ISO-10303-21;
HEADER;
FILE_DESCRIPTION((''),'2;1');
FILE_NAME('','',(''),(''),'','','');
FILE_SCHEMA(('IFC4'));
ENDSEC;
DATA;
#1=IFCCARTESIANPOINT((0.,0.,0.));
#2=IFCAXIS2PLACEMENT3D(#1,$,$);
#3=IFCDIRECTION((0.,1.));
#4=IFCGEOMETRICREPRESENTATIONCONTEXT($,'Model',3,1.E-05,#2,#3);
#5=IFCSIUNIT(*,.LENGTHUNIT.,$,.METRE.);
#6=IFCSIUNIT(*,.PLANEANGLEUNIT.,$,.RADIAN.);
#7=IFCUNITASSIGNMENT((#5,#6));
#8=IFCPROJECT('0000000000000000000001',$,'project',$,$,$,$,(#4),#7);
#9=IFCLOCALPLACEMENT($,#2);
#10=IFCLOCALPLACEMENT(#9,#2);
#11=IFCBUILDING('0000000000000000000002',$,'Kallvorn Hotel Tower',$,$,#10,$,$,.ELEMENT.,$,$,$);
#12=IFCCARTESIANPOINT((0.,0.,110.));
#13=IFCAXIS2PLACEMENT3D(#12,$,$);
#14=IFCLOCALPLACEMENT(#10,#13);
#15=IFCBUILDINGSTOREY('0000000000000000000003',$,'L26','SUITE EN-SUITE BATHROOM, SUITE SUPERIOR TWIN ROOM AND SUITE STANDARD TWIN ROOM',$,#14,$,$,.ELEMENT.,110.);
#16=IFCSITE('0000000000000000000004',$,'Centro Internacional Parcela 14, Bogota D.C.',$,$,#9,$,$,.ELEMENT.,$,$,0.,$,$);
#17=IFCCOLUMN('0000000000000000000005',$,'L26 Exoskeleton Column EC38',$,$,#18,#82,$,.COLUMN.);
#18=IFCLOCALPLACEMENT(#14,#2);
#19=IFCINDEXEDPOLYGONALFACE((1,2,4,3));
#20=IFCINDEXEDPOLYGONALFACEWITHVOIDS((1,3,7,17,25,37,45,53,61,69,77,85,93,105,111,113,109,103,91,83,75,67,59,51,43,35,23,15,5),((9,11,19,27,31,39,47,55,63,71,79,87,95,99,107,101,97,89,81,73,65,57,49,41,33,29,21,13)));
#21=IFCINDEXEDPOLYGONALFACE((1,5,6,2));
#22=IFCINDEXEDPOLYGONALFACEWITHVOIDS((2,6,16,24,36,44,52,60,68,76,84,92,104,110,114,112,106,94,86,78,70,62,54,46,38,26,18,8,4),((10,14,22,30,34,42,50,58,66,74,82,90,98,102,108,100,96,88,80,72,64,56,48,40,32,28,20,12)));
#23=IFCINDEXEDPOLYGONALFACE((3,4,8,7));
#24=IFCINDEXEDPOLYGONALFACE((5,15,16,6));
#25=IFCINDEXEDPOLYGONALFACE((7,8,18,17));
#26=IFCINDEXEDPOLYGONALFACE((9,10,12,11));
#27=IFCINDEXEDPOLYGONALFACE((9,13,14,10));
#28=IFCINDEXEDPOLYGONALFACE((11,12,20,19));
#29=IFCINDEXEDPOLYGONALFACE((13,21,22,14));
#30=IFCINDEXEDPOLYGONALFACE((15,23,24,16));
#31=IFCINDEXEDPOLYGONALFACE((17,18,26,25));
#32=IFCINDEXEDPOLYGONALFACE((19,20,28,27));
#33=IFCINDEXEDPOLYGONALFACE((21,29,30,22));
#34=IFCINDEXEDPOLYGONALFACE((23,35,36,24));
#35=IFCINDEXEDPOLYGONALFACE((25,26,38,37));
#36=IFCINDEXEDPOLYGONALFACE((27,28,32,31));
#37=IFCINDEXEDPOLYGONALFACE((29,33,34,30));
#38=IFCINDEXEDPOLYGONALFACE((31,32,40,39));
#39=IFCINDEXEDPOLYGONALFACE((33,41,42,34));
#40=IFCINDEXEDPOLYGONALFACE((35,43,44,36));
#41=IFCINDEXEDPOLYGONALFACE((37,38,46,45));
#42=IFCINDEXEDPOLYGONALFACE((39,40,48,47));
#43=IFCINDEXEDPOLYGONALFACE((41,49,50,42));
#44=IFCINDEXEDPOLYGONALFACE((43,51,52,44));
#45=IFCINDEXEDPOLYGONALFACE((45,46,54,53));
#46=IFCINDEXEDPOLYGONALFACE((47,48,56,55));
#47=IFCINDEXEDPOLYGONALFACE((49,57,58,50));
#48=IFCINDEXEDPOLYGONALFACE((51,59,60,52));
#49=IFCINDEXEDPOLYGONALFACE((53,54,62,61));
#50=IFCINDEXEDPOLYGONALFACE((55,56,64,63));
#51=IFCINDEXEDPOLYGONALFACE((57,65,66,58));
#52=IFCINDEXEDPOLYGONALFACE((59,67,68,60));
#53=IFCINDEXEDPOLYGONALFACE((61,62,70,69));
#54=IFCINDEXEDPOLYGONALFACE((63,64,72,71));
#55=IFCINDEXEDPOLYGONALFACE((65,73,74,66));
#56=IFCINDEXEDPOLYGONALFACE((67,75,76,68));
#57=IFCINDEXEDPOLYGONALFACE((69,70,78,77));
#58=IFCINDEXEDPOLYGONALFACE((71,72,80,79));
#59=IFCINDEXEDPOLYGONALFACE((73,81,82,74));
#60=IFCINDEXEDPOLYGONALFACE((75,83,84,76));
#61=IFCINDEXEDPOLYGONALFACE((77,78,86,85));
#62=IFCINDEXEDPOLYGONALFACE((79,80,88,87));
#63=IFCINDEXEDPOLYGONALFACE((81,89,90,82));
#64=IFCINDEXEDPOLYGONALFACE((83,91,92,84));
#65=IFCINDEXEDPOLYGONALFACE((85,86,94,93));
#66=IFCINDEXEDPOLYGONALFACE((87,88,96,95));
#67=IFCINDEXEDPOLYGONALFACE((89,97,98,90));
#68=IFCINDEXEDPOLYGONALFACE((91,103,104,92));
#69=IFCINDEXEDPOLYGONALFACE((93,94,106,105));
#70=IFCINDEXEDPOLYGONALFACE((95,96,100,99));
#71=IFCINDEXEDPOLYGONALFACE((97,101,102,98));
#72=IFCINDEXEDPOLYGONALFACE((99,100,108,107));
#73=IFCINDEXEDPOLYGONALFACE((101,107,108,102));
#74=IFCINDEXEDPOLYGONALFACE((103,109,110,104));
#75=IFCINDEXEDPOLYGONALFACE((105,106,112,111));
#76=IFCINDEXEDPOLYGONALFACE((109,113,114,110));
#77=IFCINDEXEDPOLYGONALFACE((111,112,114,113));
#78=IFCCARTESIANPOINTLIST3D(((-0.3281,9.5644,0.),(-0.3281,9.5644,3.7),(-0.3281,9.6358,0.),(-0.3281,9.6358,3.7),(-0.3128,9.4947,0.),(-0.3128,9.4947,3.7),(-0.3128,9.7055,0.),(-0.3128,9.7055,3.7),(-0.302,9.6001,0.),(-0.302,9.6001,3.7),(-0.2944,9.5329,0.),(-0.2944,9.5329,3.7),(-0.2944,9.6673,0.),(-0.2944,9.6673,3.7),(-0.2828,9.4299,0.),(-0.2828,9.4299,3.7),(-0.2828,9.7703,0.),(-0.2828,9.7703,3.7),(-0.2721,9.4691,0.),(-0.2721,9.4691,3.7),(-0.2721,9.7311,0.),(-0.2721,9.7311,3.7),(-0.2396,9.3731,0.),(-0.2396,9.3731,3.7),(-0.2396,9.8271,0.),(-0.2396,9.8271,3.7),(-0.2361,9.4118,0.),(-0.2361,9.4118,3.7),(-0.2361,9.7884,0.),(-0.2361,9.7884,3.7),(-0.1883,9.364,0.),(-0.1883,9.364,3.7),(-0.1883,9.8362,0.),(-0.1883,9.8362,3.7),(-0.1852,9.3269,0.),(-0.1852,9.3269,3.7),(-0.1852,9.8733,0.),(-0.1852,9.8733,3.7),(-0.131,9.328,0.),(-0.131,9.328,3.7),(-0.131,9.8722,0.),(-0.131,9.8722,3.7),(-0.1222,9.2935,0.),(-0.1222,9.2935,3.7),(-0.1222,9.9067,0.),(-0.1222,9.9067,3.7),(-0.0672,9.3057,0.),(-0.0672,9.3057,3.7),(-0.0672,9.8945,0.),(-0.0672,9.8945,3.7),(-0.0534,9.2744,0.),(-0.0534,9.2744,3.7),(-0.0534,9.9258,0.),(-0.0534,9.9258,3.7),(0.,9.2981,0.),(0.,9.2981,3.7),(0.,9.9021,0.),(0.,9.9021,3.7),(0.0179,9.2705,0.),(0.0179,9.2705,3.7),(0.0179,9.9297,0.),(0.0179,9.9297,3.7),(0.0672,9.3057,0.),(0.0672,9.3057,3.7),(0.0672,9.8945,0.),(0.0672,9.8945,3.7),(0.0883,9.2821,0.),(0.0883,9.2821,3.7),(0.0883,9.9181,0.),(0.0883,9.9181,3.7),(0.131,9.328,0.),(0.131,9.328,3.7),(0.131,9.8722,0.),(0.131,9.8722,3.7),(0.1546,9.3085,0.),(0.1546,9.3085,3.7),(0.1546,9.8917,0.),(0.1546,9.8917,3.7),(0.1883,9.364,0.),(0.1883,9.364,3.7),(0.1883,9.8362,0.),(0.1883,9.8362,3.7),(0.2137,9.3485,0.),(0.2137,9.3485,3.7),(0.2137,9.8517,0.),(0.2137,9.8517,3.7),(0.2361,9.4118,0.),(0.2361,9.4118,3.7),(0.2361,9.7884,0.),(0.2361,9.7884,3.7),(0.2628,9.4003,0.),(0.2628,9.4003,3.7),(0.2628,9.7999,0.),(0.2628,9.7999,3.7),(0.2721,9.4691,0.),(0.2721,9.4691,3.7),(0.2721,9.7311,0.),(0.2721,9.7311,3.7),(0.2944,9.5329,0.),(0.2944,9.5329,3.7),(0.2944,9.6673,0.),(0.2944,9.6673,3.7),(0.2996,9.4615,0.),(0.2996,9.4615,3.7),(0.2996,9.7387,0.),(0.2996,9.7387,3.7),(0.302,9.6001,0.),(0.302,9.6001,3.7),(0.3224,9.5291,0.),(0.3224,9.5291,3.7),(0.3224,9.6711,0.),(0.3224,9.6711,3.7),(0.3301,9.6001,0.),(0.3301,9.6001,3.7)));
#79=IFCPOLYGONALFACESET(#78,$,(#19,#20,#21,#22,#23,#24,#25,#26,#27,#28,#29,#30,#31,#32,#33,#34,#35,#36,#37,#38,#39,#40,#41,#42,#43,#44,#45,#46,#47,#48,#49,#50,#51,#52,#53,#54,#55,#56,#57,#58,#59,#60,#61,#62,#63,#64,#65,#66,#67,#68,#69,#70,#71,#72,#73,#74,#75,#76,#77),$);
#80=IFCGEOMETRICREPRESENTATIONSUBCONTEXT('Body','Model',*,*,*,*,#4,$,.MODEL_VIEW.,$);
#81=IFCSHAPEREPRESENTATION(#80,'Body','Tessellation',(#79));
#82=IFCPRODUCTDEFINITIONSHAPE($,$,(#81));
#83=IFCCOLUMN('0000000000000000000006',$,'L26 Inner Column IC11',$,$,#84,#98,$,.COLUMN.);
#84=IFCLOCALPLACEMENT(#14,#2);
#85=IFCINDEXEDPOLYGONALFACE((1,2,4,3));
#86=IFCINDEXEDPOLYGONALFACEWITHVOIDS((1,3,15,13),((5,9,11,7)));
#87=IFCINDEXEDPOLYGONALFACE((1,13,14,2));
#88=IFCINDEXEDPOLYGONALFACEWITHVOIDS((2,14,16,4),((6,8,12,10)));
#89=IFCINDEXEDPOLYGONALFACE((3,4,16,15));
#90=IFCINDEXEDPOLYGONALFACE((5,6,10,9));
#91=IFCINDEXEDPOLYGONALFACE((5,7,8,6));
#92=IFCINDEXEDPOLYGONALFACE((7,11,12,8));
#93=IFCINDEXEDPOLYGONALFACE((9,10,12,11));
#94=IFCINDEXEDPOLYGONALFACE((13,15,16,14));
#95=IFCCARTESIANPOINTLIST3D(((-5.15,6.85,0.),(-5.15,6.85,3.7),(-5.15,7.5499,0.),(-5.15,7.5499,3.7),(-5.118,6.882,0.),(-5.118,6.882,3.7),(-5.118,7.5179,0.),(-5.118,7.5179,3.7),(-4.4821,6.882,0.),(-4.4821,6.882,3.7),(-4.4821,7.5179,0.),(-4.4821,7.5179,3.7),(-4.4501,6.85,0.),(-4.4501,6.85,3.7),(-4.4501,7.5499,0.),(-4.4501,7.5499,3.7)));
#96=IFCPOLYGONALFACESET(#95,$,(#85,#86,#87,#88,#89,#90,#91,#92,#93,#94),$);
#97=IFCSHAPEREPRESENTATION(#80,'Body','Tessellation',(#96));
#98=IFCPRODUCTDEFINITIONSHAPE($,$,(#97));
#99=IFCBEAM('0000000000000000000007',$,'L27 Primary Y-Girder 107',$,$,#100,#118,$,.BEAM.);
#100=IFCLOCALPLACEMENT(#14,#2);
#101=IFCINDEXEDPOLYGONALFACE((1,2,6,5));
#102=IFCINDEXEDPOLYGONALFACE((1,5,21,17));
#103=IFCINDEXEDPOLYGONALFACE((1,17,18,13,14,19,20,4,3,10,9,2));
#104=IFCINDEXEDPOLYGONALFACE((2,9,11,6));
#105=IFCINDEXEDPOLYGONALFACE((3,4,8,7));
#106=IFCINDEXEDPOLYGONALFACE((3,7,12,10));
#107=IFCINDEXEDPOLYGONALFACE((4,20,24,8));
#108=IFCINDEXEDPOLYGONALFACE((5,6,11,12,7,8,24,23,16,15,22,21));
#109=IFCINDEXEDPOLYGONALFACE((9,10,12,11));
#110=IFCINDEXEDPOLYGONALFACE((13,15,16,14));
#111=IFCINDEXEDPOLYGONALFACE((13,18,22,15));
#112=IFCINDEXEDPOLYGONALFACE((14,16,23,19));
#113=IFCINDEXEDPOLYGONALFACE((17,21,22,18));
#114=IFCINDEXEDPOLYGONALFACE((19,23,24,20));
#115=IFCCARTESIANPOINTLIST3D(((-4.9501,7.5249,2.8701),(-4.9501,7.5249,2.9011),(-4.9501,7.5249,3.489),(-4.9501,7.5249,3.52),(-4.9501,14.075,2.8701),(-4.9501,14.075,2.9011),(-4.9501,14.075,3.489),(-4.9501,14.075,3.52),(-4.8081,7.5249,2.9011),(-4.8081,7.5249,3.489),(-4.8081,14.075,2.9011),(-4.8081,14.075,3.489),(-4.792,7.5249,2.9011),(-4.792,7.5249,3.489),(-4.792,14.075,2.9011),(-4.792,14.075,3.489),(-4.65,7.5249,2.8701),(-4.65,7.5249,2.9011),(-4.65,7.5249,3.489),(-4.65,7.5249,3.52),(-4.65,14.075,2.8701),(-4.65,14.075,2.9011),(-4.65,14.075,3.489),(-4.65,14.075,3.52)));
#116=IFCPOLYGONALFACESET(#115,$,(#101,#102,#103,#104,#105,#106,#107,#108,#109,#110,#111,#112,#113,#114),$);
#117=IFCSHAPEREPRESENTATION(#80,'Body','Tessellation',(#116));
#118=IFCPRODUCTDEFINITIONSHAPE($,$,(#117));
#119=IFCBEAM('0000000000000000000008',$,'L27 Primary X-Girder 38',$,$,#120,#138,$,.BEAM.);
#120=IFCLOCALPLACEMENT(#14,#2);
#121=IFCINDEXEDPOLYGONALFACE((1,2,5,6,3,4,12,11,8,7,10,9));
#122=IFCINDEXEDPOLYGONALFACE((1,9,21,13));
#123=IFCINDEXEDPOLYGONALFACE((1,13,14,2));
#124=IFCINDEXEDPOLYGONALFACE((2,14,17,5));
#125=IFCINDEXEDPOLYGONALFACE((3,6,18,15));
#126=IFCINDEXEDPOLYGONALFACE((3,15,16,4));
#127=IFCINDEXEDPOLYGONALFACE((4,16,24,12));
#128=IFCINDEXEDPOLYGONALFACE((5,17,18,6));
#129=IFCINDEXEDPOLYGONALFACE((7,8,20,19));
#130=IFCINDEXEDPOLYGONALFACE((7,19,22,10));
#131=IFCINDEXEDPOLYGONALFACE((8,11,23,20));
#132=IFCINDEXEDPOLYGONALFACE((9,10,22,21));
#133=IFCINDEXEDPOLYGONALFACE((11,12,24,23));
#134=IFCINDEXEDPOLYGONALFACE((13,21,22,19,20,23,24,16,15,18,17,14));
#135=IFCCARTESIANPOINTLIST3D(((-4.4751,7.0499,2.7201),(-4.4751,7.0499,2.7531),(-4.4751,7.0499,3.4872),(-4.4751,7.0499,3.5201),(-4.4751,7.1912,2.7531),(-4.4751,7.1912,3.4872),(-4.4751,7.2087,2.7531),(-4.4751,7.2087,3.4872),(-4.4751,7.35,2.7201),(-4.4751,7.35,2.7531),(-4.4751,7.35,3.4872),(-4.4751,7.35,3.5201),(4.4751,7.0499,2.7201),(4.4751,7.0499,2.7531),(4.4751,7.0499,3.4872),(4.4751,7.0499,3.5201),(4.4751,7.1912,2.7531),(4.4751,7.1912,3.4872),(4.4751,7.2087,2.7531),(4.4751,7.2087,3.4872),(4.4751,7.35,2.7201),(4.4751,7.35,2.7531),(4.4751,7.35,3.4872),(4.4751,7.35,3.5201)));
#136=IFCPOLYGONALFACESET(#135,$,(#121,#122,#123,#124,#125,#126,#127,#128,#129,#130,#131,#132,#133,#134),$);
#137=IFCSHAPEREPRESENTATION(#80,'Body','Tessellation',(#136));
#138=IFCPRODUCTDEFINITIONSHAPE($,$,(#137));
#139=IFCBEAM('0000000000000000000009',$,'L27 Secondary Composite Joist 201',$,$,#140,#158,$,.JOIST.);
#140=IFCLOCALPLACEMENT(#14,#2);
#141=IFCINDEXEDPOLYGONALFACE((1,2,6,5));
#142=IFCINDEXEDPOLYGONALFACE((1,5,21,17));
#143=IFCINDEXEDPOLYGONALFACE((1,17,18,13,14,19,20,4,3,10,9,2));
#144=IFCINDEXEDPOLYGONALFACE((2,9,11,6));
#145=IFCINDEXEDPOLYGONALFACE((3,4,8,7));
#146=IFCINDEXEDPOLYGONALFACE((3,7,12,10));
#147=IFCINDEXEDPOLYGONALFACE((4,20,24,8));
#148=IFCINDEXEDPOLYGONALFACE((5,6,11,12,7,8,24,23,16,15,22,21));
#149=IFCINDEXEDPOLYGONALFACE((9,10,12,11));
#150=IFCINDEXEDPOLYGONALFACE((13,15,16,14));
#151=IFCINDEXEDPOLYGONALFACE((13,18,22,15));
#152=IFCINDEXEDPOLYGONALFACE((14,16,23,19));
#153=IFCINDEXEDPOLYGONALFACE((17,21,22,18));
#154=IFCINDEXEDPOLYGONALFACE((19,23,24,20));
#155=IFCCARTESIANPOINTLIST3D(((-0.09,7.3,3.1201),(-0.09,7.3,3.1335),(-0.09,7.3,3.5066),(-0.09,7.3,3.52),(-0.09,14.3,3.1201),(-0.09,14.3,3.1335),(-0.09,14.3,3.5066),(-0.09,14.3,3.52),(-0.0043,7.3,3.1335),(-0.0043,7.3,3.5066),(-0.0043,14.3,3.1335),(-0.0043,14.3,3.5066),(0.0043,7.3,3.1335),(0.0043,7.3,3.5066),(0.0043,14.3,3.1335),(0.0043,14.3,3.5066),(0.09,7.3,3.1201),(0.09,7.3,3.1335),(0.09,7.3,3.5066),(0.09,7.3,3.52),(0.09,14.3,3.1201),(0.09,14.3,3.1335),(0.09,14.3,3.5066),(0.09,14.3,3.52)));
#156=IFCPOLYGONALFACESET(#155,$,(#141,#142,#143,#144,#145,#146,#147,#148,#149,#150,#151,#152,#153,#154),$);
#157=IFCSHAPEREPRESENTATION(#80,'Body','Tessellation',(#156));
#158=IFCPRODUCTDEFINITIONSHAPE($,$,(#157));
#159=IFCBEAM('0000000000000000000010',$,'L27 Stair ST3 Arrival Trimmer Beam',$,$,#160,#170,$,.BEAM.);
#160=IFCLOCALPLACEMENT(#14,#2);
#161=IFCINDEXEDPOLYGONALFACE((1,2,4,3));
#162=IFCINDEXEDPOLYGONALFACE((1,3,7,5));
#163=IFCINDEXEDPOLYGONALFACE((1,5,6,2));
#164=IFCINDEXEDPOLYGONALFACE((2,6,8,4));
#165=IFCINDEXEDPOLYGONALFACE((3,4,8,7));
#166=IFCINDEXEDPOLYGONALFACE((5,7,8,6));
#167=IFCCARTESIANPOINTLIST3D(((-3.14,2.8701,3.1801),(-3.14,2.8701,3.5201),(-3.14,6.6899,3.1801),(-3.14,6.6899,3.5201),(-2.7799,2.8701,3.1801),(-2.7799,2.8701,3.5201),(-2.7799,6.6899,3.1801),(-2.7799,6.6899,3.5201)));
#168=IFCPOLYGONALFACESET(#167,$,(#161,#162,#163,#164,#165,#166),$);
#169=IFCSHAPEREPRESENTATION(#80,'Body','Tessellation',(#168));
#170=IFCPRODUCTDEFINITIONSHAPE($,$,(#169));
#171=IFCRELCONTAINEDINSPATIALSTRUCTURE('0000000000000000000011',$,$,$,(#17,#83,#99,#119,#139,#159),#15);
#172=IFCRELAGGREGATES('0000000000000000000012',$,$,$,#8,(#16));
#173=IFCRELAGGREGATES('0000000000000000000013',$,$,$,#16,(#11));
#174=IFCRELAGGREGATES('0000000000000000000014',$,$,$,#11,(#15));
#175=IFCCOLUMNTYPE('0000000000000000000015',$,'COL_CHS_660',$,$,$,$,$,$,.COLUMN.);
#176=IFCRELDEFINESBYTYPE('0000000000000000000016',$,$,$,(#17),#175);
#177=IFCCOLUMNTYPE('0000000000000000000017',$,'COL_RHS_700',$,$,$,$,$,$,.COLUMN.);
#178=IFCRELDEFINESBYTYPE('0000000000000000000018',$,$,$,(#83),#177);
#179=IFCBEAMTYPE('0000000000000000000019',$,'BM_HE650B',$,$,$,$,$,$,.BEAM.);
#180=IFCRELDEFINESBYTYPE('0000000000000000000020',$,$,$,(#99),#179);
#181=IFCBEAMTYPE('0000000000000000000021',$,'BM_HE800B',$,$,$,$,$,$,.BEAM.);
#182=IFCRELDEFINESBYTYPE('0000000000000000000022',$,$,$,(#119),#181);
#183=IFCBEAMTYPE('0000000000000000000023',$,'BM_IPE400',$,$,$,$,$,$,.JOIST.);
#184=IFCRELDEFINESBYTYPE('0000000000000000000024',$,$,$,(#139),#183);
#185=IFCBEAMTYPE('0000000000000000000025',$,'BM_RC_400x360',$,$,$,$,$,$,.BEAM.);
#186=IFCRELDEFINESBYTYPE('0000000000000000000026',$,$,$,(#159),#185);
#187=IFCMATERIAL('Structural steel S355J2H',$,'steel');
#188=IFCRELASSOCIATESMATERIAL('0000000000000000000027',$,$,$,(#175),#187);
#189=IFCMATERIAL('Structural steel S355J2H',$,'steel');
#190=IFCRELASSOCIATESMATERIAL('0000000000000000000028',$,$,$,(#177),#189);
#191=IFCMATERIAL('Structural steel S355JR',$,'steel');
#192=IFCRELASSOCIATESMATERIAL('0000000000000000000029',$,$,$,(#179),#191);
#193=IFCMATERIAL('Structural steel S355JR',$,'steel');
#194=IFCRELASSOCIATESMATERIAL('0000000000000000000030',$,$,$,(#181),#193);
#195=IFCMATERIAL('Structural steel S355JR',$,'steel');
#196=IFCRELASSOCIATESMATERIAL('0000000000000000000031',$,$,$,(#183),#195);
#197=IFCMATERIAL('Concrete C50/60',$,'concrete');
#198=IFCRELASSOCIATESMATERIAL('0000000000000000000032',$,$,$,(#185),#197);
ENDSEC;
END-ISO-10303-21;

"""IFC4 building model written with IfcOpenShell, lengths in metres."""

from ifc_helpers import new_model, si_unit, direction, frame, origin, origin_2d, place, context, subcontext, project, spatial, rectangle, hollow_rectangle, hollow_circle, i_section, extrude, material, material_profile, profile_set, type_object, element, save


model = new_model("IFC4")

# Units and contexts
model_context = context("Model", 3, precision=1e-05, world=origin(), true_north=direction((0.0, 1.0)))
body_context = subcontext(model_context, "Body", "Model", "MODEL_VIEW")
ifc_project = project(units=[si_unit("LENGTHUNIT", "METRE"), si_unit("PLANEANGLEUNIT", "RADIAN")], contexts=[model_context])

# Site, building, storey
site_placement = place(None, origin())
site = spatial("IfcSite", under=ifc_project, at=site_placement, Name="Centro Internacional Parcela 14, Bogota D.C.", CompositionType="ELEMENT", RefElevation=0.0)
building_placement = place(site_placement, origin())
building = spatial("IfcBuilding", under=site, at=building_placement, Name="Kallvorn Hotel Tower", CompositionType="ELEMENT")
storey_placement = place(building_placement, frame((0.0, 0.0, 110.0)))
storey = spatial("IfcBuildingStorey", under=building, at=storey_placement, Name="L26", Description="SUITE EN-SUITE BATHROOM, SUITE SUPERIOR TWIN ROOM AND SUITE STANDARD TWIN ROOM", CompositionType="ELEMENT", Elevation=110.0)

# Columns
ifc_material_1 = material(Name="Structural steel S355J2H", Category="steel")
ifc_material_profile_1 = material_profile(ifc_material_1, hollow_circle(Radius=0.3301, WallThickness=0.0281, at=origin_2d()), Name="CHS 660x28")
ifc_profile_set_1 = profile_set([ifc_material_profile_1], Name="Structural steel S355J2H")
column_type_1 = type_object("IfcColumnType", Name="COL_CHS_660", PredefinedType="COLUMN", material=ifc_profile_set_1)
column_1_placement = place(storey_placement, frame((0.0, 9.6001, 0.0), z_axis=(0.0, 0.0, 1.0), x_axis=(1.0, 0.0, 0.0)))
element("IfcColumn", 1, at=column_1_placement, inside=storey, type_object=column_type_1, Name="L26 Exoskeleton Column EC38", PredefinedType="COLUMN", context=body_context, shape_type="SweptSolid", body=[
    extrude(hollow_circle(Radius=0.3301, WallThickness=0.0281, at=origin_2d()), origin(), (0.0, 0.0, 1.0), 3.7),
])
ifc_material_2 = material(Name="Structural steel S355J2H", Category="steel")
ifc_material_profile_2 = material_profile(ifc_material_2, hollow_rectangle(XDim=0.7, YDim=0.7, WallThickness=0.032, at=origin_2d()), Name="RHS 700x700x32")
ifc_profile_set_2 = profile_set([ifc_material_profile_2], Name="Structural steel S355J2H")
column_type_2 = type_object("IfcColumnType", Name="COL_RHS_700", PredefinedType="COLUMN", material=ifc_profile_set_2)
column_2_placement = place(storey_placement, frame((-4.8, 7.2, 0.0), z_axis=(0.0, 0.0, 1.0), x_axis=(1.0, 0.0, 0.0)))
element("IfcColumn", 2, at=column_2_placement, inside=storey, type_object=column_type_2, Name="L26 Inner Column IC11", PredefinedType="COLUMN", context=body_context, shape_type="SweptSolid", body=[
    extrude(hollow_rectangle(XDim=0.7, YDim=0.7, WallThickness=0.032, at=origin_2d()), origin(), (0.0, 0.0, 1.0), 3.7),
])

# Beams
ifc_material_3 = material(Name="Structural steel S355JR", Category="steel")
ifc_material_profile_3 = material_profile(ifc_material_3, i_section(OverallWidth=0.3, OverallDepth=0.6499, WebThickness=0.0161, FlangeThickness=0.031, at=origin_2d()), Name="HE 650 B")
ifc_profile_set_3 = profile_set([ifc_material_profile_3], Name="Structural steel S355JR")
beam_type_1 = type_object("IfcBeamType", Name="BM_HE650B", PredefinedType="BEAM", material=ifc_profile_set_3)
beam_1_placement = place(storey_placement, frame((-4.8, 7.5249, 3.1951), z_axis=(0.0, 1.0, 0.0), x_axis=(-1.0, 0.0, 0.0)))
element("IfcBeam", 3, at=beam_1_placement, inside=storey, type_object=beam_type_1, Name="L27 Primary Y-Girder 107", PredefinedType="BEAM", context=body_context, shape_type="SweptSolid", body=[
    extrude(i_section(OverallWidth=0.3, OverallDepth=0.6499, WebThickness=0.0161, FlangeThickness=0.031, at=origin_2d()), origin(), (0.0, 0.0, 1.0), 6.55),
])
ifc_material_4 = material(Name="Structural steel S355JR", Category="steel")
ifc_material_profile_4 = material_profile(ifc_material_4, i_section(OverallWidth=0.3, OverallDepth=0.8, WebThickness=0.0176, FlangeThickness=0.033, at=origin_2d()), Name="HE 800 B")
ifc_profile_set_4 = profile_set([ifc_material_profile_4], Name="Structural steel S355JR")
beam_type_2 = type_object("IfcBeamType", Name="BM_HE800B", PredefinedType="BEAM", material=ifc_profile_set_4)
beam_2_placement = place(storey_placement, frame((-4.4751, 7.2, 3.1201), z_axis=(1.0, 0.0, 0.0), x_axis=(0.0, 1.0, 0.0)))
element("IfcBeam", 4, at=beam_2_placement, inside=storey, type_object=beam_type_2, Name="L27 Primary X-Girder 38", PredefinedType="BEAM", context=body_context, shape_type="SweptSolid", body=[
    extrude(i_section(OverallWidth=0.3, OverallDepth=0.8, WebThickness=0.0176, FlangeThickness=0.033, at=origin_2d()), origin(), (0.0, 0.0, 1.0), 8.9502),
])
ifc_material_5 = material(Name="Structural steel S355JR", Category="steel")
ifc_material_profile_5 = material_profile(ifc_material_5, i_section(OverallWidth=0.1799, OverallDepth=0.3999, WebThickness=0.0085, FlangeThickness=0.0134, at=origin_2d()), Name="IPE 400")
ifc_profile_set_5 = profile_set([ifc_material_profile_5], Name="Structural steel S355JR")
beam_type_3 = type_object("IfcBeamType", Name="BM_IPE400", PredefinedType="JOIST", material=ifc_profile_set_5)
beam_3_placement = place(storey_placement, frame((0.0, 7.3, 3.3201), z_axis=(0.0, 1.0, 0.0), x_axis=(-1.0, 0.0, 0.0)))
element("IfcBeam", 5, at=beam_3_placement, inside=storey, type_object=beam_type_3, Name="L27 Secondary Composite Joist 201", PredefinedType="JOIST", context=body_context, shape_type="SweptSolid", body=[
    extrude(i_section(OverallWidth=0.1799, OverallDepth=0.3999, WebThickness=0.0085, FlangeThickness=0.0134, at=origin_2d()), origin(), (0.0, 0.0, 1.0), 7.0),
])
ifc_material_6 = material(Name="Concrete C50/60", Category="concrete")
ifc_material_profile_6 = material_profile(ifc_material_6, rectangle(XDim=0.3601, YDim=0.3401, at=origin_2d()), Name="RC 360x340")
ifc_profile_set_6 = profile_set([ifc_material_profile_6], Name="Concrete C50/60")
beam_type_4 = type_object("IfcBeamType", Name="BM_RC_400x360", PredefinedType="BEAM", material=ifc_profile_set_6)
beam_4_placement = place(storey_placement, frame((-2.96, 2.8701, 3.3501), z_axis=(0.0, 1.0, 0.0), x_axis=(-1.0, 0.0, 0.0)))
element("IfcBeam", 6, at=beam_4_placement, inside=storey, type_object=beam_type_4, Name="L27 Stair ST3 Arrival Trimmer Beam", PredefinedType="BEAM", context=body_context, shape_type="SweptSolid", body=[
    extrude(rectangle(XDim=0.3601, YDim=0.3401, at=origin_2d()), origin(), (0.0, 0.0, 1.0), 3.8198),
])

save(model, "model.ifc")
